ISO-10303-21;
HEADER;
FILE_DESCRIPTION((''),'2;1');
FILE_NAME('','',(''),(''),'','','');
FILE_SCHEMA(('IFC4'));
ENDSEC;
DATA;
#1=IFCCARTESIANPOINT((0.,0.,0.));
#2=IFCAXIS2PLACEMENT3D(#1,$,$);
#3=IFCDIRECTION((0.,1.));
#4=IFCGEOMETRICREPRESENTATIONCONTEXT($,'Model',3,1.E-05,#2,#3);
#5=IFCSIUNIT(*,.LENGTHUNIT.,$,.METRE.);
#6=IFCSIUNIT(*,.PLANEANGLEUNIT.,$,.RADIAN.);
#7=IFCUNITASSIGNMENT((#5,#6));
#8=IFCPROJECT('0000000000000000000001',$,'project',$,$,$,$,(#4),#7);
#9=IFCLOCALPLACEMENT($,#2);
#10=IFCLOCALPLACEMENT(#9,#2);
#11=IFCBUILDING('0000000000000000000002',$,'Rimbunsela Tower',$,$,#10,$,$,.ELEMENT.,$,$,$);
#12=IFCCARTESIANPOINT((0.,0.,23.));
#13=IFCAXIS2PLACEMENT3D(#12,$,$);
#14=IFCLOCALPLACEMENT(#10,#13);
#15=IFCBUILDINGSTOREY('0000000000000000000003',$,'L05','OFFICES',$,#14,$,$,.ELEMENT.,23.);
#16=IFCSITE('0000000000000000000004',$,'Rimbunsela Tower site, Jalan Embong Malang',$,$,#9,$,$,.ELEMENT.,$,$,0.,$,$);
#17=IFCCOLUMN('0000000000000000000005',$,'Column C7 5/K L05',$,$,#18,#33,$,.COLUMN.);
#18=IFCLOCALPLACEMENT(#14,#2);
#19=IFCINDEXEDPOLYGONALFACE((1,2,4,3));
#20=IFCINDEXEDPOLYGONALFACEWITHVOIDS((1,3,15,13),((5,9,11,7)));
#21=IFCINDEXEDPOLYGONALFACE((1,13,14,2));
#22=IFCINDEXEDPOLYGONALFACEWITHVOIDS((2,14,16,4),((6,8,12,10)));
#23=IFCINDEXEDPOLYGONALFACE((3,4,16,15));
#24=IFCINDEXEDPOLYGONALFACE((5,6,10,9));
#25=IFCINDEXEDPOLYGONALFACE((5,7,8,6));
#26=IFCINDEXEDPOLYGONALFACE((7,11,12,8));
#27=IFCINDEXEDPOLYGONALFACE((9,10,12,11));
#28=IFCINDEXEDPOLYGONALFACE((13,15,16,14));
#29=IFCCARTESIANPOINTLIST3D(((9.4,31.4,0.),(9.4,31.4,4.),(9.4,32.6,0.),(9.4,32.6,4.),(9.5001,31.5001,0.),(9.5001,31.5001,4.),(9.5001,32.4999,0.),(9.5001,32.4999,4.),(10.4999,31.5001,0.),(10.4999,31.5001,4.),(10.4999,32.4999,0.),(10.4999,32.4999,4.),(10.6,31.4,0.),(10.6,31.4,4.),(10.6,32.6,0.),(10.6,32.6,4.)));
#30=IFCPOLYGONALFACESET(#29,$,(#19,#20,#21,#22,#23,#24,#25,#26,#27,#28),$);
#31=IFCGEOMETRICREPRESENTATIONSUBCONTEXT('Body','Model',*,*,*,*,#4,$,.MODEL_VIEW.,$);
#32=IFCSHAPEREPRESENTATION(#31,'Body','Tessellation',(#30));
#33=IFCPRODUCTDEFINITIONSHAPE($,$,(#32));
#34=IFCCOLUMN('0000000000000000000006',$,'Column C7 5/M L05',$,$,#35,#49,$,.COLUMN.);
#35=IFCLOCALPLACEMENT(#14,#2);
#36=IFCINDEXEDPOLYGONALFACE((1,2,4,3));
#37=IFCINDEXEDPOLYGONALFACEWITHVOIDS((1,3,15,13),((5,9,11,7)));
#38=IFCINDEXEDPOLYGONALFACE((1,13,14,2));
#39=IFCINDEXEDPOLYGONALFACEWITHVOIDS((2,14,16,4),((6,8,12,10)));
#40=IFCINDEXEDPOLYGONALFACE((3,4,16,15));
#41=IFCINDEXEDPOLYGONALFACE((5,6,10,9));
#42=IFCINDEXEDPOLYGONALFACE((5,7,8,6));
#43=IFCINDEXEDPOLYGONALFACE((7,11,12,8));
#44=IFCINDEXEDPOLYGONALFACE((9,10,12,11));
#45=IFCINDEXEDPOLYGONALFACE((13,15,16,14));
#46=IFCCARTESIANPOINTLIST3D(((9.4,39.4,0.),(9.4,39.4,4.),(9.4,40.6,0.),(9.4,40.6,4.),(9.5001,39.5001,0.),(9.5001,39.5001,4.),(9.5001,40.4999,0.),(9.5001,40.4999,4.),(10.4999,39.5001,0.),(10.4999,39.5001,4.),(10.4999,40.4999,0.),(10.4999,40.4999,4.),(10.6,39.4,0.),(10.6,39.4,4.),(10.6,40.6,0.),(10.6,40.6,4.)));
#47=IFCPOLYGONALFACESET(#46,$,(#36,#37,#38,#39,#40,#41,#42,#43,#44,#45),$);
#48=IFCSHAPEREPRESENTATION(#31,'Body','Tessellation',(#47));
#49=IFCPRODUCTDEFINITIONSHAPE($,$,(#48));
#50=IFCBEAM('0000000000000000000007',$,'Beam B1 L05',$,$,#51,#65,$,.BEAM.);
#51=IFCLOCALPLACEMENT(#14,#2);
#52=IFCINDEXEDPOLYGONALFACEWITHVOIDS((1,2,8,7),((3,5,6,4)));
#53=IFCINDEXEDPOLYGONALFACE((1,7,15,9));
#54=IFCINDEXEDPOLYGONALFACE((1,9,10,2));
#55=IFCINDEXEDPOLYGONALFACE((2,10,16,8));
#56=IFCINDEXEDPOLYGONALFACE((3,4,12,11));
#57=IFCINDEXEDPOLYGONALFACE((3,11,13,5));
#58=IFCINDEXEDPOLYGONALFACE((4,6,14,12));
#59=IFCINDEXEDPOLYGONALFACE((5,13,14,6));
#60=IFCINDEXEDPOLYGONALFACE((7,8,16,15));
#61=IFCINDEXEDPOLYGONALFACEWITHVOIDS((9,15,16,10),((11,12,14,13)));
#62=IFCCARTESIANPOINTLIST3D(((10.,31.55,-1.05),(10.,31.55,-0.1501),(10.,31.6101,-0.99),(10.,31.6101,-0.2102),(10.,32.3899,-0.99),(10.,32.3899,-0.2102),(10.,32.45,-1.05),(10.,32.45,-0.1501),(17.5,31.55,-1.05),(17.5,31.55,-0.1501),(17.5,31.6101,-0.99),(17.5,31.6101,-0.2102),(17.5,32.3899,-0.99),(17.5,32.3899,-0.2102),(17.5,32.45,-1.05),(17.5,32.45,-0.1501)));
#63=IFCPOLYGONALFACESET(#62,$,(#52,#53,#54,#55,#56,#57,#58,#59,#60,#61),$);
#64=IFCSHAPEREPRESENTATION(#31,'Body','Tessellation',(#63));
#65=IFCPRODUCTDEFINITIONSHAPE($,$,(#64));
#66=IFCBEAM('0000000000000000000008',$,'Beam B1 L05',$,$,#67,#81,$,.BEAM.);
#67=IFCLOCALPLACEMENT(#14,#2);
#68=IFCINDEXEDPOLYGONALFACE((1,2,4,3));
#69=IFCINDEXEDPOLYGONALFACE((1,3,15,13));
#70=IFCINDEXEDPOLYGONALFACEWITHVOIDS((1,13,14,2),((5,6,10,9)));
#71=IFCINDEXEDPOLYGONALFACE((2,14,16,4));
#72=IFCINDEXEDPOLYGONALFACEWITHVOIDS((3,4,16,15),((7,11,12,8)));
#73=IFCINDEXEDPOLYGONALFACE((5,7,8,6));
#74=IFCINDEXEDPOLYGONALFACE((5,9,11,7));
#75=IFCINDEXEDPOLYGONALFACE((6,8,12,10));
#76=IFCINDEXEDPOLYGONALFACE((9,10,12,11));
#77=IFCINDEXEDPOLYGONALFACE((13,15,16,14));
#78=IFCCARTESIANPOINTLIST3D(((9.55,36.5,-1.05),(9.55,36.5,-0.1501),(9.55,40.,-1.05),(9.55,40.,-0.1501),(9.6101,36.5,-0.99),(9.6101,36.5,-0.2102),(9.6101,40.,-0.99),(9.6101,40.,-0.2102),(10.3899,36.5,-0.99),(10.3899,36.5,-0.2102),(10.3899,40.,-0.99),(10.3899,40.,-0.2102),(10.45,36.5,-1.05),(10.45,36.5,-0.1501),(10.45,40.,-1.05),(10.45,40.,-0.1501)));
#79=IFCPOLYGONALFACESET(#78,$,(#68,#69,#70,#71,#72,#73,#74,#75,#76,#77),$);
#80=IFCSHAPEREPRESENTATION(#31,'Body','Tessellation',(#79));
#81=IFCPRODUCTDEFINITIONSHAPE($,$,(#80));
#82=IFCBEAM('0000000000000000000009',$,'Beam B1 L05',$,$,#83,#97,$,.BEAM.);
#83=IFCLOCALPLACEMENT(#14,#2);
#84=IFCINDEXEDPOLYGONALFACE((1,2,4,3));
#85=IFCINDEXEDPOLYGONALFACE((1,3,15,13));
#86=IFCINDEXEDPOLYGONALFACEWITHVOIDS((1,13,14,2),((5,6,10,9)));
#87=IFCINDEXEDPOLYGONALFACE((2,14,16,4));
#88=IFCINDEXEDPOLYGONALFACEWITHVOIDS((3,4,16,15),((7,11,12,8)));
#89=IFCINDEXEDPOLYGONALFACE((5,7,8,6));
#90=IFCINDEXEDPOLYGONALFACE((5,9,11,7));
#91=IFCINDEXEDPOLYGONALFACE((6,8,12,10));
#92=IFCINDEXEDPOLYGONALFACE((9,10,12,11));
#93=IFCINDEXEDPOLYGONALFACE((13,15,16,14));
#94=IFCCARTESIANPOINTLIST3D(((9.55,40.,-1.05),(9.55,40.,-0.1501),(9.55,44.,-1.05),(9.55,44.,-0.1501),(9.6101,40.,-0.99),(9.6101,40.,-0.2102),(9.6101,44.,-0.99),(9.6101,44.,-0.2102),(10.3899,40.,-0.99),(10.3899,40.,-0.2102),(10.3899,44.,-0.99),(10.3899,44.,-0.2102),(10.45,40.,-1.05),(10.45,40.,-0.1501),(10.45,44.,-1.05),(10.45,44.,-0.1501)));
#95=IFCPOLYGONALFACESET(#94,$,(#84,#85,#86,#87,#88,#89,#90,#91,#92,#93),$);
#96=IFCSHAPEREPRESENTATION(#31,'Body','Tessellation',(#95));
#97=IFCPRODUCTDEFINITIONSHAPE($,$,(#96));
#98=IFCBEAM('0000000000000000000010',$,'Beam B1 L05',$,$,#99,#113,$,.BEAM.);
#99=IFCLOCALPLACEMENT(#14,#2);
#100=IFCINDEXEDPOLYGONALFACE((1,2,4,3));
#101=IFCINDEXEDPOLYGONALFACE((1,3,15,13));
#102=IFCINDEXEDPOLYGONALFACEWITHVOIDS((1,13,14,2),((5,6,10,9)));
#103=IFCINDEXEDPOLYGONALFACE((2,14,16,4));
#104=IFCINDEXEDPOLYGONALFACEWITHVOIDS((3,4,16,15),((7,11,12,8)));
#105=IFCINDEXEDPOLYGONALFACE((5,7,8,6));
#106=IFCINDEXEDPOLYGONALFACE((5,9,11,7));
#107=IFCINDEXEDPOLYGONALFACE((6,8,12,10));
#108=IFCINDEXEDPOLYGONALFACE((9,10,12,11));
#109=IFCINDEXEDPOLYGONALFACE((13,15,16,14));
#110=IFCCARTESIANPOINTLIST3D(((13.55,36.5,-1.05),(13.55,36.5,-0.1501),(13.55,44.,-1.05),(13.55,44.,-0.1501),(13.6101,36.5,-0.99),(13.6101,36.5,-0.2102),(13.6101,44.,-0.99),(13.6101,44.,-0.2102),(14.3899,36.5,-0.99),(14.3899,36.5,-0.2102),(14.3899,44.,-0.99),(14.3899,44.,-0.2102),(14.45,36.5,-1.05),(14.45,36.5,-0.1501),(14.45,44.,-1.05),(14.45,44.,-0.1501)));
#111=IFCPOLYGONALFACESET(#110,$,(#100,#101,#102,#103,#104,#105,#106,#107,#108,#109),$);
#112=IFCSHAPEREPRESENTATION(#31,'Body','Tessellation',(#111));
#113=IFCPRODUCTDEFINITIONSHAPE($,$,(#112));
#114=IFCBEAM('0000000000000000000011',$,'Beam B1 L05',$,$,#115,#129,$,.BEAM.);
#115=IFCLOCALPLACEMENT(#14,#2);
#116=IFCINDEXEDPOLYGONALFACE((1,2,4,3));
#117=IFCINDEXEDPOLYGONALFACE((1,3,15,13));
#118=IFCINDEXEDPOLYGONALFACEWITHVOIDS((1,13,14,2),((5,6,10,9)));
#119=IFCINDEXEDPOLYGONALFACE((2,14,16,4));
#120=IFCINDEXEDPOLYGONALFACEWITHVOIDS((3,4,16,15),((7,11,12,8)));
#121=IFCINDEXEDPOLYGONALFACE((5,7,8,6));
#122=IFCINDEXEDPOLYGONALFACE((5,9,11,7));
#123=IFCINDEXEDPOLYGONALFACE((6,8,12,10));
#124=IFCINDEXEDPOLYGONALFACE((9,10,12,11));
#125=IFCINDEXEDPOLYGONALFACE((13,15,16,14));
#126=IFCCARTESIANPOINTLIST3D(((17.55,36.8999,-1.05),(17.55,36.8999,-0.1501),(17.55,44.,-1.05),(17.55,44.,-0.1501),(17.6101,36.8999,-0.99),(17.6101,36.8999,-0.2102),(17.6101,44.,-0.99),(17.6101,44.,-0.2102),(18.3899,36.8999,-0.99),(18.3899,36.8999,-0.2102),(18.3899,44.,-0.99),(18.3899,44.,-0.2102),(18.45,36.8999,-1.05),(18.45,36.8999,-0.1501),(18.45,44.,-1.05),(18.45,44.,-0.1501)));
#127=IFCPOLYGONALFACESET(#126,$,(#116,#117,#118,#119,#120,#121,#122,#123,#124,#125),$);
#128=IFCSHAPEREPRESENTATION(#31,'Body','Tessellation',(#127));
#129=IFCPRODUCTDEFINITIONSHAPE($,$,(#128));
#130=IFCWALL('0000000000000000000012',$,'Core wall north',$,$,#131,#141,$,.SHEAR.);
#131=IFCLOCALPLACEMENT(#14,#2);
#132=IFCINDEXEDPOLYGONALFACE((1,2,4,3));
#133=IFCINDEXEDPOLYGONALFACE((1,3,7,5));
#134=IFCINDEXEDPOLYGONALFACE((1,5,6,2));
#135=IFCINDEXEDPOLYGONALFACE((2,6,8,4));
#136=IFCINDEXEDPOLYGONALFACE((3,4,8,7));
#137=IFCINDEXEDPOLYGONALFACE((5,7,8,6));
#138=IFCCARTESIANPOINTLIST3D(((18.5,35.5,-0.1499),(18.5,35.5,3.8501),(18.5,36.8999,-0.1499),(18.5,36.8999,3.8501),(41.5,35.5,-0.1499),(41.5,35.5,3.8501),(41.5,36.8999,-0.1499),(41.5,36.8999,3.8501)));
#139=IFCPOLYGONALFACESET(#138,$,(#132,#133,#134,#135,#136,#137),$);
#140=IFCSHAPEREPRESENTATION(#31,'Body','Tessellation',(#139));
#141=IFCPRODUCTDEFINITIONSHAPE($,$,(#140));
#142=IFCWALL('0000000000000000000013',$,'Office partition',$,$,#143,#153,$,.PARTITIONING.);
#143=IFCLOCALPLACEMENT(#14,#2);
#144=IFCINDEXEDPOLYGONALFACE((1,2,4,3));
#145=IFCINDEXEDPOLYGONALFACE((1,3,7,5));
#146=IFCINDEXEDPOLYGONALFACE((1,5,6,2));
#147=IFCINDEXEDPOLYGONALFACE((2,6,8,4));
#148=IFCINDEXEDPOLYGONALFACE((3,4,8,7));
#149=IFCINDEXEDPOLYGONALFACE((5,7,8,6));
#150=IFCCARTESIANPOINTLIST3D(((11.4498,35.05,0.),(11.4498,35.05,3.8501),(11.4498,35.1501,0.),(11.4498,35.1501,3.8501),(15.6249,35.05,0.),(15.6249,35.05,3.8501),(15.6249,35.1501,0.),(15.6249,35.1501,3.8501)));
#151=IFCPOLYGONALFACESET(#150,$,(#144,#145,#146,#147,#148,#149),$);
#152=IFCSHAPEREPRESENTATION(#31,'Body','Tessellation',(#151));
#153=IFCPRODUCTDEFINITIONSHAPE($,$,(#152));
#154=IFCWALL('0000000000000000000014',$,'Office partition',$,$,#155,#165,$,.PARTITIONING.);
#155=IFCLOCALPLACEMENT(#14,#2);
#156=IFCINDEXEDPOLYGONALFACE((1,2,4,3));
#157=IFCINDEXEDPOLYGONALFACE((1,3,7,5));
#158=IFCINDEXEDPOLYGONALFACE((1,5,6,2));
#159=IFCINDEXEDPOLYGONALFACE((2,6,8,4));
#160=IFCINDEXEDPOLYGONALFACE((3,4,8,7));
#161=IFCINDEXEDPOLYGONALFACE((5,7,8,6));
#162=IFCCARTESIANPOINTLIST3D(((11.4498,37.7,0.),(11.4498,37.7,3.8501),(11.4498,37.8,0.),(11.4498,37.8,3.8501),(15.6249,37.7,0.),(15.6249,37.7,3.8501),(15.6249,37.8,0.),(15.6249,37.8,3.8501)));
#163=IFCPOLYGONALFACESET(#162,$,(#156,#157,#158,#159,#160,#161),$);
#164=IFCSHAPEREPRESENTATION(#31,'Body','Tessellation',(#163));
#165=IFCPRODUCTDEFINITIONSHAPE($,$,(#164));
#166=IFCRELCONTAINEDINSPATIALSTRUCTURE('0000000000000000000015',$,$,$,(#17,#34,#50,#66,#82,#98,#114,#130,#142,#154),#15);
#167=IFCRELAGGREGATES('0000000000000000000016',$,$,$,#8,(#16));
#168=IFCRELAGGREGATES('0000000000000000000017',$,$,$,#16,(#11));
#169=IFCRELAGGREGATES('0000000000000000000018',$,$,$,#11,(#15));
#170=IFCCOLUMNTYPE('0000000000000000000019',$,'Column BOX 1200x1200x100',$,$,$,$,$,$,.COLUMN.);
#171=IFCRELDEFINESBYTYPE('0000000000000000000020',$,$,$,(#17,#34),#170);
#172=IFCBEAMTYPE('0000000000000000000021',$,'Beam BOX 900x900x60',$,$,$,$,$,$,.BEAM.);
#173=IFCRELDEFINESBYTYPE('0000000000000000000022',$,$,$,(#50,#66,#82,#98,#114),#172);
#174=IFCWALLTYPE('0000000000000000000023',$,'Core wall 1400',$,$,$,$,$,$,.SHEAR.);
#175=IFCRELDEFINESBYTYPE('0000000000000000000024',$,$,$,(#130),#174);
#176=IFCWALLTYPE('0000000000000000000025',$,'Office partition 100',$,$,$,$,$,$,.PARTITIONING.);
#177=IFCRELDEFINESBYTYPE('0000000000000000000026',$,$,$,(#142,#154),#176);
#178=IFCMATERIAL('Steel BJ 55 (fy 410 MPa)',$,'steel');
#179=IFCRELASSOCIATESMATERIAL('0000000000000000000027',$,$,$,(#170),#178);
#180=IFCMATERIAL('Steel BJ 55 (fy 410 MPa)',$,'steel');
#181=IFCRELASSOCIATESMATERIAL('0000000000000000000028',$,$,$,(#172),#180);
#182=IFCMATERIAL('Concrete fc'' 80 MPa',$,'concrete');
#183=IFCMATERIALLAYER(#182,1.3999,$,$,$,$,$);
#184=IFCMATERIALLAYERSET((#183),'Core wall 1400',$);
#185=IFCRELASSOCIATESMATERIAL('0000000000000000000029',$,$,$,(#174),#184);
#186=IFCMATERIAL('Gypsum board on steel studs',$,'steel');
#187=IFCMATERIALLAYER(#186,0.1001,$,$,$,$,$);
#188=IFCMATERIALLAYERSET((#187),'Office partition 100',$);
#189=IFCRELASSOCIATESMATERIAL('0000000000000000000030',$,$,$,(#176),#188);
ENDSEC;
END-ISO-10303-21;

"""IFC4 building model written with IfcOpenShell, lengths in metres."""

from ifc_helpers import new_model, si_unit, direction, frame, frame_2d, origin, origin_2d, place, context, subcontext, project, spatial, rectangle, hollow_rectangle, extrude, material, layer, layer_set, material_profile, profile_set, type_object, element, save


model = new_model("IFC4")

# Units and contexts
model_context = context("Model", 3, precision=1e-05, world=origin(), true_north=direction((0.0, 1.0)))
body_context = subcontext(model_context, "Body", "Model", "MODEL_VIEW")
ifc_project = project(units=[si_unit("LENGTHUNIT", "METRE"), si_unit("PLANEANGLEUNIT", "RADIAN")], contexts=[model_context])

# Site, building, storey
site_placement = place(None, origin())
site = spatial("IfcSite", under=ifc_project, at=site_placement, Name="Rimbunsela Tower site, Jalan Embong Malang", CompositionType="ELEMENT", RefElevation=0.0)
building_placement = place(site_placement, origin())
building = spatial("IfcBuilding", under=site, at=building_placement, Name="Rimbunsela Tower", CompositionType="ELEMENT")
storey_placement = place(building_placement, frame((0.0, 0.0, 23.0)))
storey = spatial("IfcBuildingStorey", under=building, at=storey_placement, Name="L05", Description="OFFICES", CompositionType="ELEMENT", Elevation=23.0)

# Columns
ifc_material_1 = material(Name="Steel BJ 55 (fy 410 MPa)", Category="steel")
ifc_material_profile_1 = material_profile(ifc_material_1, hollow_rectangle(XDim=1.2, YDim=1.2, WallThickness=0.1001, at=origin_2d()), Name="BOX 1200x1200x100")
ifc_profile_set_1 = profile_set([ifc_material_profile_1], Name="Steel BJ 55 (fy 410 MPa)")
column_type = type_object("IfcColumnType", Name="Column BOX 1200x1200x100", PredefinedType="COLUMN", material=ifc_profile_set_1)
for number, where, z_axis, x_axis, name in (
    (1, (10.0, 32.0, 0.0), (0.0, 0.0, 1.0), (1.0, 0.0, 0.0), "Column C7 5/K L05"),
    (2, (10.0, 40.0, 0.0), (0.0, 0.0, 1.0), (1.0, 0.0, 0.0), "Column C7 5/M L05"),
):
    element("IfcColumn", number, at=place(storey_placement, frame(where, z_axis=z_axis, x_axis=x_axis)), inside=storey, type_object=column_type, Name=name, PredefinedType="COLUMN", context=body_context, shape_type="SweptSolid", body=[
        extrude(hollow_rectangle(XDim=1.2, YDim=1.2, WallThickness=0.1001, at=origin_2d()), origin(), (0.0, 0.0, 1.0), 4.0),
    ])

# Beams
ifc_material_2 = material(Name="Steel BJ 55 (fy 410 MPa)", Category="steel")
ifc_material_profile_2 = material_profile(ifc_material_2, hollow_rectangle(XDim=0.8999, YDim=0.8999, WallThickness=0.0601, at=origin_2d()), Name="BOX 900x900x60")
ifc_profile_set_2 = profile_set([ifc_material_profile_2], Name="Steel BJ 55 (fy 410 MPa)")
beam_type = type_object("IfcBeamType", Name="Beam BOX 900x900x60", PredefinedType="BEAM", material=ifc_profile_set_2)
beam_1_placement = place(storey_placement, frame((10.0, 32.0, -0.6001), z_axis=(1.0, 0.0, 0.0), x_axis=(0.0, 1.0, 0.0)))
element("IfcBeam", 3, at=beam_1_placement, inside=storey, type_object=beam_type, Name="Beam B1 L05", PredefinedType="BEAM", context=body_context, shape_type="SweptSolid", body=[
    extrude(hollow_rectangle(XDim=0.8999, YDim=0.8999, WallThickness=0.0601, at=origin_2d()), origin(), (0.0, 0.0, 1.0), 7.5),
])
beam_2_placement = place(storey_placement, frame((10.0, 36.5, -0.6001), z_axis=(0.0, 1.0, 0.0), x_axis=(-1.0, 0.0, 0.0)))
element("IfcBeam", 4, at=beam_2_placement, inside=storey, type_object=beam_type, Name="Beam B1 L05", PredefinedType="BEAM", context=body_context, shape_type="SweptSolid", body=[
    extrude(hollow_rectangle(XDim=0.8999, YDim=0.8999, WallThickness=0.0601, at=origin_2d()), origin(), (0.0, 0.0, 1.0), 3.5),
])
beam_3_placement = place(storey_placement, frame((10.0, 40.0, -0.6001), z_axis=(0.0, 1.0, 0.0), x_axis=(-1.0, 0.0, 0.0)))
element("IfcBeam", 5, at=beam_3_placement, inside=storey, type_object=beam_type, Name="Beam B1 L05", PredefinedType="BEAM", context=body_context, shape_type="SweptSolid", body=[
    extrude(hollow_rectangle(XDim=0.8999, YDim=0.8999, WallThickness=0.0601, at=origin_2d()), origin(), (0.0, 0.0, 1.0), 4.0),
])
beam_4_placement = place(storey_placement, frame((14.0, 36.5, -0.6001), z_axis=(0.0, 1.0, 0.0), x_axis=(-1.0, 0.0, 0.0)))
element("IfcBeam", 6, at=beam_4_placement, inside=storey, type_object=beam_type, Name="Beam B1 L05", PredefinedType="BEAM", context=body_context, shape_type="SweptSolid", body=[
    extrude(hollow_rectangle(XDim=0.8999, YDim=0.8999, WallThickness=0.0601, at=origin_2d()), origin(), (0.0, 0.0, 1.0), 7.5),
])
beam_5_placement = place(storey_placement, frame((18.0, 36.8999, -0.6001), z_axis=(0.0, 1.0, 0.0), x_axis=(-1.0, 0.0, 0.0)))
element("IfcBeam", 7, at=beam_5_placement, inside=storey, type_object=beam_type, Name="Beam B1 L05", PredefinedType="BEAM", context=body_context, shape_type="SweptSolid", body=[
    extrude(hollow_rectangle(XDim=0.8999, YDim=0.8999, WallThickness=0.0601, at=origin_2d()), origin(), (0.0, 0.0, 1.0), 7.1001),
])

# Walls
ifc_material_3 = material(Name="Concrete fc' 80 MPa", Category="concrete")
ifc_layer_1 = layer(ifc_material_3, 1.3999)
ifc_layer_set_1 = layer_set([ifc_layer_1], Name="Core wall 1400")
wall_type_1 = type_object("IfcWallType", Name="Core wall 1400", PredefinedType="SHEAR", material=ifc_layer_set_1)
wall_1_placement = place(storey_placement, frame((18.5, 36.2, -0.1499), z_axis=(0.0, 0.0, 1.0), x_axis=(1.0, 0.0, 0.0)))
element("IfcWall", 8, at=wall_1_placement, inside=storey, type_object=wall_type_1, Name="Core wall north", PredefinedType="SHEAR", context=body_context, shape_type="SweptSolid", body=[
    extrude(rectangle(XDim=23.0, YDim=1.3999, at=frame_2d((11.5, 0.0))), origin(), (0.0, 0.0, 1.0), 4.0),
])
ifc_material_4 = material(Name="Gypsum board on steel studs", Category="steel")
ifc_layer_2 = layer(ifc_material_4, 0.1001)
ifc_layer_set_2 = layer_set([ifc_layer_2], Name="Office partition 100")
wall_type_2 = type_object("IfcWallType", Name="Office partition 100", PredefinedType="PARTITIONING", material=ifc_layer_set_2)
for number, where, z_axis, x_axis, name in (
    (9, (11.45, 35.1001, 0.0), (0.0, 0.0, 1.0), (1.0, 0.0, 0.0), "Office partition"),
    (10, (11.45, 37.75, 0.0), (0.0, 0.0, 1.0), (1.0, 0.0, 0.0), "Office partition"),
):
    element("IfcWall", number, at=place(storey_placement, frame(where, z_axis=z_axis, x_axis=x_axis)), inside=storey, type_object=wall_type_2, Name=name, PredefinedType="PARTITIONING", context=body_context, shape_type="SweptSolid", body=[
        extrude(rectangle(XDim=4.175, YDim=0.1001, at=frame_2d((2.0874, 0.0))), origin(), (0.0, 0.0, 1.0), 3.8501),
    ])

save(model, "model.ifc")
